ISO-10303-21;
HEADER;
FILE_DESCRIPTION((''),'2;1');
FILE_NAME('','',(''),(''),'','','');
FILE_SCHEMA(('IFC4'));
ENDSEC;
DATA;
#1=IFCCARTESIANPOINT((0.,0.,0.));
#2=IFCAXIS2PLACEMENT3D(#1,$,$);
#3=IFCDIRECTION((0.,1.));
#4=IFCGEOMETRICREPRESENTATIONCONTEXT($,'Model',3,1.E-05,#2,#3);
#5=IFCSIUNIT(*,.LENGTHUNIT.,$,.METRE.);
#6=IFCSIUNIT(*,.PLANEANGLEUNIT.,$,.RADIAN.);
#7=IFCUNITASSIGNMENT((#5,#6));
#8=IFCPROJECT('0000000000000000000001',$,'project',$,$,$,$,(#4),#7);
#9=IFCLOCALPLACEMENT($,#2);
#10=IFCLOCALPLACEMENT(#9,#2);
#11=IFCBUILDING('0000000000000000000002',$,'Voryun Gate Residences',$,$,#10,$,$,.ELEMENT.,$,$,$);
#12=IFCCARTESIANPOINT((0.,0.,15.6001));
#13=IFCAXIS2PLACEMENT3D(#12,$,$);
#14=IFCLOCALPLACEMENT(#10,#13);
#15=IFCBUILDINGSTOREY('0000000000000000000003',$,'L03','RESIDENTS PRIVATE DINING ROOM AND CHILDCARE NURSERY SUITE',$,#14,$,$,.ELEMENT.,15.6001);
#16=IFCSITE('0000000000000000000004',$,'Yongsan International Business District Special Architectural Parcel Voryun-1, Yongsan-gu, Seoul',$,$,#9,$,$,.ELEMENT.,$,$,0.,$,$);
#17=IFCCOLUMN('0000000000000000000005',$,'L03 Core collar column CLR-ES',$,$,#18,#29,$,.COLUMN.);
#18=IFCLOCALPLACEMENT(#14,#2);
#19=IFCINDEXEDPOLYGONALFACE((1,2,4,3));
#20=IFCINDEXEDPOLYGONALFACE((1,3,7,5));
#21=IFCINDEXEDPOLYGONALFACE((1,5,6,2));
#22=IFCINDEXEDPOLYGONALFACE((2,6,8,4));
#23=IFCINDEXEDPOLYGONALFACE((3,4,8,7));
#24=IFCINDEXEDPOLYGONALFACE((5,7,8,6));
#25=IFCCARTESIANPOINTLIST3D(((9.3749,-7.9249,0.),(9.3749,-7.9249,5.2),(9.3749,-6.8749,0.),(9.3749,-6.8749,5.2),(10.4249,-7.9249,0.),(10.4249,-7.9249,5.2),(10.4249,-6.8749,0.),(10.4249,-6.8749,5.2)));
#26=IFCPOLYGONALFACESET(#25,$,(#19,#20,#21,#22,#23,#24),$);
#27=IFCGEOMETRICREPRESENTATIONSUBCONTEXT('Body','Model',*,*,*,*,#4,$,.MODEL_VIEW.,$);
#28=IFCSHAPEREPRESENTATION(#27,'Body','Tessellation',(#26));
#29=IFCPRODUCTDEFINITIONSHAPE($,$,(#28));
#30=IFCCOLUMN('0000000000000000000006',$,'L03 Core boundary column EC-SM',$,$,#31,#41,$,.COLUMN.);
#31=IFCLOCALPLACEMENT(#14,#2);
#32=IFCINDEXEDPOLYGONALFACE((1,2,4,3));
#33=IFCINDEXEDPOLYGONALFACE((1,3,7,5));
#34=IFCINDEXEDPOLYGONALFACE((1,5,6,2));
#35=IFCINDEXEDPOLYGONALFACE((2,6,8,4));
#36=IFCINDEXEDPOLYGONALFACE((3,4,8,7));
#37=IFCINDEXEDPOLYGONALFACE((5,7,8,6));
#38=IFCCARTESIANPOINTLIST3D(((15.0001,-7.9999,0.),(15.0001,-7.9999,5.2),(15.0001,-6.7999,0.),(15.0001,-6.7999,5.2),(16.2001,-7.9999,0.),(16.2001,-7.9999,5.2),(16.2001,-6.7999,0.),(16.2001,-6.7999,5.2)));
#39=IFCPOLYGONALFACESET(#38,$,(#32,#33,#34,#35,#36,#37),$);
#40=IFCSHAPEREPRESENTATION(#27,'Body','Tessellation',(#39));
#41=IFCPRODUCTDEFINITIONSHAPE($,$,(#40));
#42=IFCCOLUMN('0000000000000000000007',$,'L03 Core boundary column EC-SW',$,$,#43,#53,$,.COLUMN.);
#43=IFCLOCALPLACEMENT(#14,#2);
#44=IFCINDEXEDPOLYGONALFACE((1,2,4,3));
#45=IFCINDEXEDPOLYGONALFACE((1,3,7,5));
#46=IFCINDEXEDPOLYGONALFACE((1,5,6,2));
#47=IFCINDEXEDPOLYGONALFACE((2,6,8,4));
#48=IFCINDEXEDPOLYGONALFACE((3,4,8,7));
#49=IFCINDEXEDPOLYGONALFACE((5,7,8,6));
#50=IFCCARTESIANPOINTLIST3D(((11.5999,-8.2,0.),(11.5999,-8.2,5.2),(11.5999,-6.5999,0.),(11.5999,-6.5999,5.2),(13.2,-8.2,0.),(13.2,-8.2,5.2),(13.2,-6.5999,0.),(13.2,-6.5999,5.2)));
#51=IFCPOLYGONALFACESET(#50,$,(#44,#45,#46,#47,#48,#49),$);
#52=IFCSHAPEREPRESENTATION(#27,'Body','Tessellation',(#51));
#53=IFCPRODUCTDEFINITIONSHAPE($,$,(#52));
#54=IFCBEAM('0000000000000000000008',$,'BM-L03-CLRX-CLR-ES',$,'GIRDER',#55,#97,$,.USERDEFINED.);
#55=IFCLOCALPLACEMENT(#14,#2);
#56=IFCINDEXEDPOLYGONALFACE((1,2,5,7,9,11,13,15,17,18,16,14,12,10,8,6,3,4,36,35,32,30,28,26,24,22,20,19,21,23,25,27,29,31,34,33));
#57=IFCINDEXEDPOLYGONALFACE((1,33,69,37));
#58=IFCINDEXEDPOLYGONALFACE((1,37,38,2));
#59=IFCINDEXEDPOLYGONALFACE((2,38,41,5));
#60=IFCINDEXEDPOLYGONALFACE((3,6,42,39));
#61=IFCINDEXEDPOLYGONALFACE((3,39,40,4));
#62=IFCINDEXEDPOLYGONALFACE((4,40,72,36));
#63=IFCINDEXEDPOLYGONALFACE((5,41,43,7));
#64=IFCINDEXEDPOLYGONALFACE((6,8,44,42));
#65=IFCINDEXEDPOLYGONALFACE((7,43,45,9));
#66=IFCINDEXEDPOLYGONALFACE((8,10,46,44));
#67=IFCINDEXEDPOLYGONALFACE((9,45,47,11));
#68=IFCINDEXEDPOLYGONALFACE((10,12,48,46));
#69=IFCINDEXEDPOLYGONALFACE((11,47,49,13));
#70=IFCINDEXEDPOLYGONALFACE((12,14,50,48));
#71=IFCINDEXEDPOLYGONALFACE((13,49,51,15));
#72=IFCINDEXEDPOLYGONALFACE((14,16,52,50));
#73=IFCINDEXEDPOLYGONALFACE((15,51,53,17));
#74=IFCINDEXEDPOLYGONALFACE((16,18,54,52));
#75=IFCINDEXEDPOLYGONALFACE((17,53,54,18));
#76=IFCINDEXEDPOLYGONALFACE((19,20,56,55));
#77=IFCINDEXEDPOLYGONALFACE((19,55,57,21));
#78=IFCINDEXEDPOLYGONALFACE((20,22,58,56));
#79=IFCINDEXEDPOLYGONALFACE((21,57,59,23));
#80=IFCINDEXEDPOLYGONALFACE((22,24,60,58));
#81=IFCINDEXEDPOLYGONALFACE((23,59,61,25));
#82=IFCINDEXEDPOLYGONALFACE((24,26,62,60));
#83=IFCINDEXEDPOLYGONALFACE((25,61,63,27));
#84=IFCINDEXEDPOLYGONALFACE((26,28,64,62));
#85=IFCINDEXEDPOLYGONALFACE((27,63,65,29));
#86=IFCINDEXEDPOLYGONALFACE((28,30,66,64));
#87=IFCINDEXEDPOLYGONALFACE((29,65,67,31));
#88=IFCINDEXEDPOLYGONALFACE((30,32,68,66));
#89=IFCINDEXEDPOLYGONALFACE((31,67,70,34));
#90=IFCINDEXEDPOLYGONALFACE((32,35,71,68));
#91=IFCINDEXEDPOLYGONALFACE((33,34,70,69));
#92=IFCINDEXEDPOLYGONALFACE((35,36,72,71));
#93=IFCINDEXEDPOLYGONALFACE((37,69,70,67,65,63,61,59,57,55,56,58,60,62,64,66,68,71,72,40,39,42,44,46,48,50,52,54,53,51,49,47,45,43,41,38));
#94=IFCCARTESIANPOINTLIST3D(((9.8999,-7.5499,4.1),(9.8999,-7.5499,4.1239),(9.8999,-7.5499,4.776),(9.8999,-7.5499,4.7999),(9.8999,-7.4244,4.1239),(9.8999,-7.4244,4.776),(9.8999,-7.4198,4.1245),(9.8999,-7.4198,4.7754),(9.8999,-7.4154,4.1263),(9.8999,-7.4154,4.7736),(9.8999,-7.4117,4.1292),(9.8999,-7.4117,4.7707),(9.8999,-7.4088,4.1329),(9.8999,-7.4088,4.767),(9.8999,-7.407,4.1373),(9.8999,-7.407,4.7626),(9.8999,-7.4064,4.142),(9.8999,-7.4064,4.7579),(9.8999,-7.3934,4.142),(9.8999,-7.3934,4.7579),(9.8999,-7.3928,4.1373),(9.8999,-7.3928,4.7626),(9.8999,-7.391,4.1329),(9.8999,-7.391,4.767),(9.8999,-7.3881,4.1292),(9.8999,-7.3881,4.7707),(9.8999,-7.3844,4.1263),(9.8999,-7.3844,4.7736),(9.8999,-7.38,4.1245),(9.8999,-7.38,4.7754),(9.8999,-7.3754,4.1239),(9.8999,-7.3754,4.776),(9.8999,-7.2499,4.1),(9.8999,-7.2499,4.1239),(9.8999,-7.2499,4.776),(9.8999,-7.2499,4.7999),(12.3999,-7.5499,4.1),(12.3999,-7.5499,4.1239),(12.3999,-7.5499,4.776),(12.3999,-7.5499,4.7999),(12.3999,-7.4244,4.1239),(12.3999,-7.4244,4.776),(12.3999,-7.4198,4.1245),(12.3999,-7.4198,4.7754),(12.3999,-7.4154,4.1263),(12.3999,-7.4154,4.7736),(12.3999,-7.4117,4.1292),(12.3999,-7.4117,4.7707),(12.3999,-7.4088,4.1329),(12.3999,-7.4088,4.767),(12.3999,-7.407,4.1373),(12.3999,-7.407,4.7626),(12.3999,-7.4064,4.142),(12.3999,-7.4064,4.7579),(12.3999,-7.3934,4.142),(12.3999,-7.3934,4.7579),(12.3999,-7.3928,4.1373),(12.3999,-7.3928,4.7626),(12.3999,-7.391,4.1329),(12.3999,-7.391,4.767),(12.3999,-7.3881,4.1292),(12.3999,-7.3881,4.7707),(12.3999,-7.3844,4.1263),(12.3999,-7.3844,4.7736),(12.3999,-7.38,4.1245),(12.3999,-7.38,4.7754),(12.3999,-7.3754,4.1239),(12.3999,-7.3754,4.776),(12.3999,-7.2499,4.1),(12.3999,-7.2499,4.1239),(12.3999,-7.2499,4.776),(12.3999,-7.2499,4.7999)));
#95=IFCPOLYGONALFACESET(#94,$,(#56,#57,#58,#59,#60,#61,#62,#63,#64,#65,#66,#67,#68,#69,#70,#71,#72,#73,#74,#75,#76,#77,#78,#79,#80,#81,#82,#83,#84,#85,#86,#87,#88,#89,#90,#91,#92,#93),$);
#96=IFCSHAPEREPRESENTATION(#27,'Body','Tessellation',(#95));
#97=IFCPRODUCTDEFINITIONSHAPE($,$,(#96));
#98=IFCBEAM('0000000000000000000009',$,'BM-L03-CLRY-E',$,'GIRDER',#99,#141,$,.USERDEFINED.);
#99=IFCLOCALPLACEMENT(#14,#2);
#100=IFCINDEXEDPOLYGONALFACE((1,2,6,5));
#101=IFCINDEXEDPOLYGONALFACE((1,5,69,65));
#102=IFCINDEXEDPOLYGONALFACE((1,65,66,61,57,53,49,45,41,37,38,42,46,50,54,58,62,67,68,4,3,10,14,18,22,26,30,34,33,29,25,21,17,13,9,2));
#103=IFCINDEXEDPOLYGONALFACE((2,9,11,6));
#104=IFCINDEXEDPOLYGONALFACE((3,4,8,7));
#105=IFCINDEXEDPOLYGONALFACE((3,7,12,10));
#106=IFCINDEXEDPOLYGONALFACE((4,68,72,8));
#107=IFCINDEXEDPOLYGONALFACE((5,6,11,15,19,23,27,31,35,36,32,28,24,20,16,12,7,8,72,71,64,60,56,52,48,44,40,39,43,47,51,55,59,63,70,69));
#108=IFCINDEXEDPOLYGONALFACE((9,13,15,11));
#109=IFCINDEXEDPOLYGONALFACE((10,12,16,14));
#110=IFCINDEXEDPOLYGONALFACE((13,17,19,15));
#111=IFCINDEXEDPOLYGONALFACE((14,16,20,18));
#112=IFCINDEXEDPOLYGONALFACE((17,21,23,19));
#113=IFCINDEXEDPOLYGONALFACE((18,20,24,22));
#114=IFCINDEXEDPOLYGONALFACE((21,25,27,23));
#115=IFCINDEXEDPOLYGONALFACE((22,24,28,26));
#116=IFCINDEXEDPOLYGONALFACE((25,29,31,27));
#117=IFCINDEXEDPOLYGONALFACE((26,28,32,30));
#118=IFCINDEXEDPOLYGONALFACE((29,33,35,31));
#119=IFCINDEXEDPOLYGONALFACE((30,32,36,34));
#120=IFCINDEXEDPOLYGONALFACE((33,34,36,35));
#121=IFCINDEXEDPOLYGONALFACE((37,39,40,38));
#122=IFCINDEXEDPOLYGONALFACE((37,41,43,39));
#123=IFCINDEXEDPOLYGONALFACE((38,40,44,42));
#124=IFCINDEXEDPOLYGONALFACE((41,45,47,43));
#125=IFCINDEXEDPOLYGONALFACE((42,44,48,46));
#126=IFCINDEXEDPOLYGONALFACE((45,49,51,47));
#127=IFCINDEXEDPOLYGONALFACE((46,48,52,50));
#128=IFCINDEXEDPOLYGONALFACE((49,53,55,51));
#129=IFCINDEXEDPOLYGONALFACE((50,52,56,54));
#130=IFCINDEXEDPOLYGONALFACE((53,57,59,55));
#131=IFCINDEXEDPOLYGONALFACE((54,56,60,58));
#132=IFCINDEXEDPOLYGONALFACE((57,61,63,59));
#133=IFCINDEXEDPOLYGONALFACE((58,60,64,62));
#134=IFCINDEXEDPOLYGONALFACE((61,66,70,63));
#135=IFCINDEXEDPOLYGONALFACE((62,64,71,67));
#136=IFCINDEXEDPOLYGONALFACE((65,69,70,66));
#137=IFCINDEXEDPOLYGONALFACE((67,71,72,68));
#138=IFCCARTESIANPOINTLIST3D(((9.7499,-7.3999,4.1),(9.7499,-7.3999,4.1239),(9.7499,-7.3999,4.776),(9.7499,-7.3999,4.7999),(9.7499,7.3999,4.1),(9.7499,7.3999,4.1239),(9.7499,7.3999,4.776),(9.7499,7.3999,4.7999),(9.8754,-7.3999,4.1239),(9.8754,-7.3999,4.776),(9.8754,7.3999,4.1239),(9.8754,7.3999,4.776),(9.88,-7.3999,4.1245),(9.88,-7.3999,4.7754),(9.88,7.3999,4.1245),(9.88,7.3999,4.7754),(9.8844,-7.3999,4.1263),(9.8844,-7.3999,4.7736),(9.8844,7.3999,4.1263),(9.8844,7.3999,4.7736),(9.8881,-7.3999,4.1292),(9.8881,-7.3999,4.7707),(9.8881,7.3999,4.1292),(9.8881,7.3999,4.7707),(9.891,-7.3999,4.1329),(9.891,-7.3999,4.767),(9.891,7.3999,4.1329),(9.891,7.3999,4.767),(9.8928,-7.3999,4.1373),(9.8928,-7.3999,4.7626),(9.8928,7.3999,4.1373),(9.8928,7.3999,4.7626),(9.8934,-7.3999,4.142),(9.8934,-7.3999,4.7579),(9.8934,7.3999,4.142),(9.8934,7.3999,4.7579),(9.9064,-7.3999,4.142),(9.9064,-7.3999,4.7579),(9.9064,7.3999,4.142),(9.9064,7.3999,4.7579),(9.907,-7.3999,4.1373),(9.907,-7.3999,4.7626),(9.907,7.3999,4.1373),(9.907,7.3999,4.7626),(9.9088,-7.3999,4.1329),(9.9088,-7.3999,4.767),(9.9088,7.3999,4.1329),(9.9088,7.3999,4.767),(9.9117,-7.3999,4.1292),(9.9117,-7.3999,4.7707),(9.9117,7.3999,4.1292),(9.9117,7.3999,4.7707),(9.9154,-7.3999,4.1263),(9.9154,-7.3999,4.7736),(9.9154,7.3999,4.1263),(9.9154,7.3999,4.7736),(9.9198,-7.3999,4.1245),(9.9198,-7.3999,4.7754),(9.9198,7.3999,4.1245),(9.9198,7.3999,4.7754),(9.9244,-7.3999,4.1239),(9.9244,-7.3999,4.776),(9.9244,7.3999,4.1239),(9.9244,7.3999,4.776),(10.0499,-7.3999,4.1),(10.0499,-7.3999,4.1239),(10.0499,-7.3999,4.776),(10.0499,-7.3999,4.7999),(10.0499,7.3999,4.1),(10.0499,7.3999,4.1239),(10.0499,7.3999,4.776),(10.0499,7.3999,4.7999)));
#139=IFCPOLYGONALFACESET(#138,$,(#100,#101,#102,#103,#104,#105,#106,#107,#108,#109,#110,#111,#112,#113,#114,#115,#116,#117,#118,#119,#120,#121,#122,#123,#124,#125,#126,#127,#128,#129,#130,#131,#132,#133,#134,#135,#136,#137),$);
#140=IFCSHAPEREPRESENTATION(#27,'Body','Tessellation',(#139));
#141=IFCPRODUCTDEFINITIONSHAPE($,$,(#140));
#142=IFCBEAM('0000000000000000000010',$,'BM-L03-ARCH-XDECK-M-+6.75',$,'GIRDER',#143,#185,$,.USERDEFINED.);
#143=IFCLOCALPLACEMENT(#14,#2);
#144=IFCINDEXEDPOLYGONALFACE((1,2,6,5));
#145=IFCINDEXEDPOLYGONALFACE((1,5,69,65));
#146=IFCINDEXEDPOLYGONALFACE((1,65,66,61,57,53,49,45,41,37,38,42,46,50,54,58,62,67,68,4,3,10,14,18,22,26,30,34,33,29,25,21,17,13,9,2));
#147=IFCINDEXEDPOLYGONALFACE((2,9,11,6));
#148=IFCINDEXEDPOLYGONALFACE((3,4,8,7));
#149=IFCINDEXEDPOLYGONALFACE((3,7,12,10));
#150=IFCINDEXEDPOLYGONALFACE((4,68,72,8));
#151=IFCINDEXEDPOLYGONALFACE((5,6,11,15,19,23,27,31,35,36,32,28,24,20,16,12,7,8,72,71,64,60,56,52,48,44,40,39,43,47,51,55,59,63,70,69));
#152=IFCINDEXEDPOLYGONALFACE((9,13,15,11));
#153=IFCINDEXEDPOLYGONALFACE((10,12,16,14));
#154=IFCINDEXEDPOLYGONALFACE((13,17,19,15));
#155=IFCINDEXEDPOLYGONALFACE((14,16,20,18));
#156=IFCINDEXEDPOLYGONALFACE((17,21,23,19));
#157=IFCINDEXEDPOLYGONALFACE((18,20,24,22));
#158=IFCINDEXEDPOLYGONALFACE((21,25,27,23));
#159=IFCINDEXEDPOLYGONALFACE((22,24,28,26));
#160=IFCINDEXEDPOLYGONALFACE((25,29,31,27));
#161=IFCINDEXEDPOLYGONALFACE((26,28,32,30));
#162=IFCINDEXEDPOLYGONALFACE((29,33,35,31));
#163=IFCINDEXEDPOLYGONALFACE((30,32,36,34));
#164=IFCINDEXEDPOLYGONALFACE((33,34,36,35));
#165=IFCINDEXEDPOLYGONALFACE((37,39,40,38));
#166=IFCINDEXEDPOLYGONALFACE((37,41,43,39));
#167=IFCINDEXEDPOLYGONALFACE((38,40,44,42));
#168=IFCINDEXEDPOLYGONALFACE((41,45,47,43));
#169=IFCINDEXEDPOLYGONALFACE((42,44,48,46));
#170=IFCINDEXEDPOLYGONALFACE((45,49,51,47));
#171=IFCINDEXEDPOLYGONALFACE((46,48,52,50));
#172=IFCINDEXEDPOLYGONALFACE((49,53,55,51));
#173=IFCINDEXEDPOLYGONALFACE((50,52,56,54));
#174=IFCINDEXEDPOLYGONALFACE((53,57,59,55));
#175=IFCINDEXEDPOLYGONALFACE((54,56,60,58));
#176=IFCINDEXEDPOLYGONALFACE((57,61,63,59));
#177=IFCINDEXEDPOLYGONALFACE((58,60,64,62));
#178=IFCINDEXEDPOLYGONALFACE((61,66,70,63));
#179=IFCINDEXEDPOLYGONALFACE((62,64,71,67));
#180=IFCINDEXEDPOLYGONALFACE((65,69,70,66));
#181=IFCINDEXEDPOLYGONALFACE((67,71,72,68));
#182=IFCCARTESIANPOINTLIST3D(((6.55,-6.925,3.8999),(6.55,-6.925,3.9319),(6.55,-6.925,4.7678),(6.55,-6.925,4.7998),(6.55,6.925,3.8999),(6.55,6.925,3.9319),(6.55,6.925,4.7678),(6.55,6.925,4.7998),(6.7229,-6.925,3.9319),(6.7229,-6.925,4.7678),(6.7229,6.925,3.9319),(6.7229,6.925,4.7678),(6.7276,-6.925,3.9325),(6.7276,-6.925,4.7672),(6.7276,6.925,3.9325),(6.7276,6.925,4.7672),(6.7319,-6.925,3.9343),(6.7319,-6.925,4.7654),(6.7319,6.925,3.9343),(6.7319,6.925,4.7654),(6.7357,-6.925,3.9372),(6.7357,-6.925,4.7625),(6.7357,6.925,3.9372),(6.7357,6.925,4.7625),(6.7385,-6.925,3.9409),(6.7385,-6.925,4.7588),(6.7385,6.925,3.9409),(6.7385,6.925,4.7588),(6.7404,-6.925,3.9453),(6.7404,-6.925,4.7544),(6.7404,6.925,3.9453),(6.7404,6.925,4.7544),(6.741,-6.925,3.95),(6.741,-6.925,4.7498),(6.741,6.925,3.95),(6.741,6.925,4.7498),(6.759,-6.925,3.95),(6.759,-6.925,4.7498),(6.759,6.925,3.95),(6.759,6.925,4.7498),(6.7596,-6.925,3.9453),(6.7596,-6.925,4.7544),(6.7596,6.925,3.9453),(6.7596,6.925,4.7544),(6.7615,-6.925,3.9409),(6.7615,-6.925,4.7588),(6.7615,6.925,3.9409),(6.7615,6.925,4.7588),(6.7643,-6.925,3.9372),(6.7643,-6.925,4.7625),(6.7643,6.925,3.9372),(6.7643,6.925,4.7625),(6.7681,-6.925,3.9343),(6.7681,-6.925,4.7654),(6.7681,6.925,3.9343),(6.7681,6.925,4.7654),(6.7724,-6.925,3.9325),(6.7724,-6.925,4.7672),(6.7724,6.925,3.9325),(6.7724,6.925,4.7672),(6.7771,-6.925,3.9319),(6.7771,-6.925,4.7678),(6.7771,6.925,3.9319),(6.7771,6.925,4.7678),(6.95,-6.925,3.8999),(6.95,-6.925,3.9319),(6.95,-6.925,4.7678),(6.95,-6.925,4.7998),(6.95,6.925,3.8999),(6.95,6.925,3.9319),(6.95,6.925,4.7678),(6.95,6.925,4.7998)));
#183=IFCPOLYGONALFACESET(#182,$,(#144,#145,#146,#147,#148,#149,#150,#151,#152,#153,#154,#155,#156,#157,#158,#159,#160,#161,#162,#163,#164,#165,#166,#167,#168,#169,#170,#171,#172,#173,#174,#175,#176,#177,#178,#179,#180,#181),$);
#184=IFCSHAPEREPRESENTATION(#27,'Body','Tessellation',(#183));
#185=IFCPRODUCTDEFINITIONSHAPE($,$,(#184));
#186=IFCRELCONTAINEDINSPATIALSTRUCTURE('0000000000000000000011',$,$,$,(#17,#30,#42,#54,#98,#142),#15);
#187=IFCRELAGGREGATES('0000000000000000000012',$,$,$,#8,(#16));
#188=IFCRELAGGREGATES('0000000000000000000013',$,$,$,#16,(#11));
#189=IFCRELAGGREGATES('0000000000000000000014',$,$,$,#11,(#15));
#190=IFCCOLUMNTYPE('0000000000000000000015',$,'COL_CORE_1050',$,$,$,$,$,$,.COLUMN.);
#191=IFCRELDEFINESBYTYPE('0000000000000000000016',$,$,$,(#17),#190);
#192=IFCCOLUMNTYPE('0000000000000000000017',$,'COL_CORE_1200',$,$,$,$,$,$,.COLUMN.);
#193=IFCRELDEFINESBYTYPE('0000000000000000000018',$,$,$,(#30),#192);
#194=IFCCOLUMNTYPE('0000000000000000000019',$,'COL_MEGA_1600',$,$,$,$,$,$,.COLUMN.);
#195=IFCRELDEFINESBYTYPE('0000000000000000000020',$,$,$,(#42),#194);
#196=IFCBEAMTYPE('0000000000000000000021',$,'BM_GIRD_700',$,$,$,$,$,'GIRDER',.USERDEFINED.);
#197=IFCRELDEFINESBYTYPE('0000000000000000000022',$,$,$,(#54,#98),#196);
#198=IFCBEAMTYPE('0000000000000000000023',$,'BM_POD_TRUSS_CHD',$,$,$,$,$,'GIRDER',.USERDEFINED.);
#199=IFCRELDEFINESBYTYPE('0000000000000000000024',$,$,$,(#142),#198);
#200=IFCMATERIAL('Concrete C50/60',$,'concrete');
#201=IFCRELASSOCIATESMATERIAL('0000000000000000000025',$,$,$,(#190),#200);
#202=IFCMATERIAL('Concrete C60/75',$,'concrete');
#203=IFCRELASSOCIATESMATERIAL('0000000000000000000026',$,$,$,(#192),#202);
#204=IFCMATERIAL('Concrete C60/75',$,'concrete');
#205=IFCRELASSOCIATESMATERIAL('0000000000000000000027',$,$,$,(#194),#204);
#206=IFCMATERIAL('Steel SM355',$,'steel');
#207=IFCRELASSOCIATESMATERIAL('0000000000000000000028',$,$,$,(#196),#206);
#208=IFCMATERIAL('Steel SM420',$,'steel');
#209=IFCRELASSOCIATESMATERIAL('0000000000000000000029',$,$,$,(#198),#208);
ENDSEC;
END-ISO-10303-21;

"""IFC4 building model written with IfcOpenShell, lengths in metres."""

from ifc_helpers import new_model, si_unit, direction, frame, origin, origin_2d, place, context, subcontext, project, spatial, rectangle, i_section, extrude, material, material_profile, profile_set, type_object, element, save


model = new_model("IFC4")

# Units and contexts
model_context = context("Model", 3, precision=1e-05, world=origin(), true_north=direction((0.0, 1.0)))
body_context = subcontext(model_context, "Body", "Model", "MODEL_VIEW")
ifc_project = project(units=[si_unit("LENGTHUNIT", "METRE"), si_unit("PLANEANGLEUNIT", "RADIAN")], contexts=[model_context])

# Site, building, storey
site_placement = place(None, origin())
site = spatial("IfcSite", under=ifc_project, at=site_placement, Name="Yongsan International Business District Special Architectural Parcel Voryun-1, Yongsan-gu, Seoul", CompositionType="ELEMENT", RefElevation=0.0)
building_placement = place(site_placement, origin())
building = spatial("IfcBuilding", under=site, at=building_placement, Name="Voryun Gate Residences", CompositionType="ELEMENT")
storey_placement = place(building_placement, frame((0.0, 0.0, 15.6001)))
storey = spatial("IfcBuildingStorey", under=building, at=storey_placement, Name="L03", Description="RESIDENTS PRIVATE DINING ROOM AND CHILDCARE NURSERY SUITE", CompositionType="ELEMENT", Elevation=15.6001)

# Columns
ifc_material_1 = material(Name="Concrete C50/60", Category="concrete")
ifc_material_profile_1 = material_profile(ifc_material_1, rectangle(XDim=1.05, YDim=1.05, at=origin_2d()), Name="RC-1050x1050")
ifc_profile_set_1 = profile_set([ifc_material_profile_1], Name="Concrete C50/60")
column_type_1 = type_object("IfcColumnType", Name="COL_CORE_1050", PredefinedType="COLUMN", material=ifc_profile_set_1)
column_1_placement = place(storey_placement, frame((9.8999, -7.3999, 0.0), z_axis=(0.0, 0.0, 1.0), x_axis=(1.0, 0.0, 0.0)))
element("IfcColumn", 1, at=column_1_placement, inside=storey, type_object=column_type_1, Name="L03 Core collar column CLR-ES", PredefinedType="COLUMN", context=body_context, shape_type="SweptSolid", body=[
    extrude(rectangle(XDim=1.05, YDim=1.05, at=origin_2d()), origin(), (0.0, 0.0, 1.0), 5.2),
])
ifc_material_2 = material(Name="Concrete C60/75", Category="concrete")
ifc_material_profile_2 = material_profile(ifc_material_2, rectangle(XDim=1.2, YDim=1.2, at=origin_2d()), Name="RC-1200x1200")
ifc_profile_set_2 = profile_set([ifc_material_profile_2], Name="Concrete C60/75")
column_type_2 = type_object("IfcColumnType", Name="COL_CORE_1200", PredefinedType="COLUMN", material=ifc_profile_set_2)
column_2_placement = place(storey_placement, frame((15.6001, -7.3999, 0.0), z_axis=(0.0, 0.0, 1.0), x_axis=(1.0, 0.0, 0.0)))
element("IfcColumn", 2, at=column_2_placement, inside=storey, type_object=column_type_2, Name="L03 Core boundary column EC-SM", PredefinedType="COLUMN", context=body_context, shape_type="SweptSolid", body=[
    extrude(rectangle(XDim=1.2, YDim=1.2, at=origin_2d()), origin(), (0.0, 0.0, 1.0), 5.2),
])
ifc_material_3 = material(Name="Concrete C60/75", Category="concrete")
ifc_material_profile_3 = material_profile(ifc_material_3, rectangle(XDim=1.6001, YDim=1.6001, at=origin_2d()), Name="RC-1600x1600")
ifc_profile_set_3 = profile_set([ifc_material_profile_3], Name="Concrete C60/75")
column_type_3 = type_object("IfcColumnType", Name="COL_MEGA_1600", PredefinedType="COLUMN", material=ifc_profile_set_3)
column_3_placement = place(storey_placement, frame((12.3999, -7.3999, 0.0), z_axis=(0.0, 0.0, 1.0), x_axis=(1.0, 0.0, 0.0)))
element("IfcColumn", 3, at=column_3_placement, inside=storey, type_object=column_type_3, Name="L03 Core boundary column EC-SW", PredefinedType="COLUMN", context=body_context, shape_type="SweptSolid", body=[
    extrude(rectangle(XDim=1.6001, YDim=1.6001, at=origin_2d()), origin(), (0.0, 0.0, 1.0), 5.2),
])

# Beams
ifc_material_4 = material(Name="Steel SM355", Category="steel")
ifc_material_profile_4 = material_profile(ifc_material_4, i_section(OverallWidth=0.3, OverallDepth=0.7, WebThickness=0.0129, FlangeThickness=0.0239, FilletRadius=0.0181, at=origin_2d()), Name="H-700x300x13x24")
ifc_profile_set_4 = profile_set([ifc_material_profile_4], Name="Steel SM355")
beam_type_1 = type_object("IfcBeamType", Name="BM_GIRD_700", ElementType="GIRDER", PredefinedType="USERDEFINED", material=ifc_profile_set_4)
beam_1_placement = place(storey_placement, frame((12.3999, -7.3999, 4.45), z_axis=(-1.0, 0.0, 0.0), x_axis=(0.0, -1.0, 0.0)))
element("IfcBeam", 4, at=beam_1_placement, inside=storey, type_object=beam_type_1, Name="BM-L03-CLRX-CLR-ES", ObjectType="GIRDER", PredefinedType="USERDEFINED", context=body_context, shape_type="SweptSolid", body=[
    extrude(i_section(OverallWidth=0.3, OverallDepth=0.7, WebThickness=0.0129, FlangeThickness=0.0239, FilletRadius=0.0181, at=origin_2d()), origin(), (0.0, 0.0, 1.0), 2.5),
])
beam_2_placement = place(storey_placement, frame((9.8999, -7.3999, 4.45), z_axis=(0.0, 1.0, 0.0), x_axis=(-1.0, 0.0, 0.0)))
element("IfcBeam", 5, at=beam_2_placement, inside=storey, type_object=beam_type_1, Name="BM-L03-CLRY-E", ObjectType="GIRDER", PredefinedType="USERDEFINED", context=body_context, shape_type="SweptSolid", body=[
    extrude(i_section(OverallWidth=0.3, OverallDepth=0.7, WebThickness=0.0129, FlangeThickness=0.0239, FilletRadius=0.0181, at=origin_2d()), origin(), (0.0, 0.0, 1.0), 14.7998),
])
ifc_material_5 = material(Name="Steel SM420", Category="steel")
ifc_material_profile_5 = material_profile(ifc_material_5, i_section(OverallWidth=0.3999, OverallDepth=0.8999, WebThickness=0.0181, FlangeThickness=0.032, FilletRadius=0.0181, at=origin_2d()), Name="H-900x400x18x32")
ifc_profile_set_5 = profile_set([ifc_material_profile_5], Name="Steel SM420")
beam_type_2 = type_object("IfcBeamType", Name="BM_POD_TRUSS_CHD", ElementType="GIRDER", PredefinedType="USERDEFINED", material=ifc_profile_set_5)
beam_3_placement = place(storey_placement, frame((6.75, -6.925, 4.3499), z_axis=(0.0, 1.0, 0.0), x_axis=(-1.0, 0.0, 0.0)))
element("IfcBeam", 6, at=beam_3_placement, inside=storey, type_object=beam_type_2, Name="BM-L03-ARCH-XDECK-M-+6.75", ObjectType="GIRDER", PredefinedType="USERDEFINED", context=body_context, shape_type="SweptSolid", body=[
    extrude(i_section(OverallWidth=0.3999, OverallDepth=0.8999, WebThickness=0.0181, FlangeThickness=0.032, FilletRadius=0.0181, at=origin_2d()), origin(), (0.0, 0.0, 1.0), 13.8501),
])

save(model, "model.ifc")
